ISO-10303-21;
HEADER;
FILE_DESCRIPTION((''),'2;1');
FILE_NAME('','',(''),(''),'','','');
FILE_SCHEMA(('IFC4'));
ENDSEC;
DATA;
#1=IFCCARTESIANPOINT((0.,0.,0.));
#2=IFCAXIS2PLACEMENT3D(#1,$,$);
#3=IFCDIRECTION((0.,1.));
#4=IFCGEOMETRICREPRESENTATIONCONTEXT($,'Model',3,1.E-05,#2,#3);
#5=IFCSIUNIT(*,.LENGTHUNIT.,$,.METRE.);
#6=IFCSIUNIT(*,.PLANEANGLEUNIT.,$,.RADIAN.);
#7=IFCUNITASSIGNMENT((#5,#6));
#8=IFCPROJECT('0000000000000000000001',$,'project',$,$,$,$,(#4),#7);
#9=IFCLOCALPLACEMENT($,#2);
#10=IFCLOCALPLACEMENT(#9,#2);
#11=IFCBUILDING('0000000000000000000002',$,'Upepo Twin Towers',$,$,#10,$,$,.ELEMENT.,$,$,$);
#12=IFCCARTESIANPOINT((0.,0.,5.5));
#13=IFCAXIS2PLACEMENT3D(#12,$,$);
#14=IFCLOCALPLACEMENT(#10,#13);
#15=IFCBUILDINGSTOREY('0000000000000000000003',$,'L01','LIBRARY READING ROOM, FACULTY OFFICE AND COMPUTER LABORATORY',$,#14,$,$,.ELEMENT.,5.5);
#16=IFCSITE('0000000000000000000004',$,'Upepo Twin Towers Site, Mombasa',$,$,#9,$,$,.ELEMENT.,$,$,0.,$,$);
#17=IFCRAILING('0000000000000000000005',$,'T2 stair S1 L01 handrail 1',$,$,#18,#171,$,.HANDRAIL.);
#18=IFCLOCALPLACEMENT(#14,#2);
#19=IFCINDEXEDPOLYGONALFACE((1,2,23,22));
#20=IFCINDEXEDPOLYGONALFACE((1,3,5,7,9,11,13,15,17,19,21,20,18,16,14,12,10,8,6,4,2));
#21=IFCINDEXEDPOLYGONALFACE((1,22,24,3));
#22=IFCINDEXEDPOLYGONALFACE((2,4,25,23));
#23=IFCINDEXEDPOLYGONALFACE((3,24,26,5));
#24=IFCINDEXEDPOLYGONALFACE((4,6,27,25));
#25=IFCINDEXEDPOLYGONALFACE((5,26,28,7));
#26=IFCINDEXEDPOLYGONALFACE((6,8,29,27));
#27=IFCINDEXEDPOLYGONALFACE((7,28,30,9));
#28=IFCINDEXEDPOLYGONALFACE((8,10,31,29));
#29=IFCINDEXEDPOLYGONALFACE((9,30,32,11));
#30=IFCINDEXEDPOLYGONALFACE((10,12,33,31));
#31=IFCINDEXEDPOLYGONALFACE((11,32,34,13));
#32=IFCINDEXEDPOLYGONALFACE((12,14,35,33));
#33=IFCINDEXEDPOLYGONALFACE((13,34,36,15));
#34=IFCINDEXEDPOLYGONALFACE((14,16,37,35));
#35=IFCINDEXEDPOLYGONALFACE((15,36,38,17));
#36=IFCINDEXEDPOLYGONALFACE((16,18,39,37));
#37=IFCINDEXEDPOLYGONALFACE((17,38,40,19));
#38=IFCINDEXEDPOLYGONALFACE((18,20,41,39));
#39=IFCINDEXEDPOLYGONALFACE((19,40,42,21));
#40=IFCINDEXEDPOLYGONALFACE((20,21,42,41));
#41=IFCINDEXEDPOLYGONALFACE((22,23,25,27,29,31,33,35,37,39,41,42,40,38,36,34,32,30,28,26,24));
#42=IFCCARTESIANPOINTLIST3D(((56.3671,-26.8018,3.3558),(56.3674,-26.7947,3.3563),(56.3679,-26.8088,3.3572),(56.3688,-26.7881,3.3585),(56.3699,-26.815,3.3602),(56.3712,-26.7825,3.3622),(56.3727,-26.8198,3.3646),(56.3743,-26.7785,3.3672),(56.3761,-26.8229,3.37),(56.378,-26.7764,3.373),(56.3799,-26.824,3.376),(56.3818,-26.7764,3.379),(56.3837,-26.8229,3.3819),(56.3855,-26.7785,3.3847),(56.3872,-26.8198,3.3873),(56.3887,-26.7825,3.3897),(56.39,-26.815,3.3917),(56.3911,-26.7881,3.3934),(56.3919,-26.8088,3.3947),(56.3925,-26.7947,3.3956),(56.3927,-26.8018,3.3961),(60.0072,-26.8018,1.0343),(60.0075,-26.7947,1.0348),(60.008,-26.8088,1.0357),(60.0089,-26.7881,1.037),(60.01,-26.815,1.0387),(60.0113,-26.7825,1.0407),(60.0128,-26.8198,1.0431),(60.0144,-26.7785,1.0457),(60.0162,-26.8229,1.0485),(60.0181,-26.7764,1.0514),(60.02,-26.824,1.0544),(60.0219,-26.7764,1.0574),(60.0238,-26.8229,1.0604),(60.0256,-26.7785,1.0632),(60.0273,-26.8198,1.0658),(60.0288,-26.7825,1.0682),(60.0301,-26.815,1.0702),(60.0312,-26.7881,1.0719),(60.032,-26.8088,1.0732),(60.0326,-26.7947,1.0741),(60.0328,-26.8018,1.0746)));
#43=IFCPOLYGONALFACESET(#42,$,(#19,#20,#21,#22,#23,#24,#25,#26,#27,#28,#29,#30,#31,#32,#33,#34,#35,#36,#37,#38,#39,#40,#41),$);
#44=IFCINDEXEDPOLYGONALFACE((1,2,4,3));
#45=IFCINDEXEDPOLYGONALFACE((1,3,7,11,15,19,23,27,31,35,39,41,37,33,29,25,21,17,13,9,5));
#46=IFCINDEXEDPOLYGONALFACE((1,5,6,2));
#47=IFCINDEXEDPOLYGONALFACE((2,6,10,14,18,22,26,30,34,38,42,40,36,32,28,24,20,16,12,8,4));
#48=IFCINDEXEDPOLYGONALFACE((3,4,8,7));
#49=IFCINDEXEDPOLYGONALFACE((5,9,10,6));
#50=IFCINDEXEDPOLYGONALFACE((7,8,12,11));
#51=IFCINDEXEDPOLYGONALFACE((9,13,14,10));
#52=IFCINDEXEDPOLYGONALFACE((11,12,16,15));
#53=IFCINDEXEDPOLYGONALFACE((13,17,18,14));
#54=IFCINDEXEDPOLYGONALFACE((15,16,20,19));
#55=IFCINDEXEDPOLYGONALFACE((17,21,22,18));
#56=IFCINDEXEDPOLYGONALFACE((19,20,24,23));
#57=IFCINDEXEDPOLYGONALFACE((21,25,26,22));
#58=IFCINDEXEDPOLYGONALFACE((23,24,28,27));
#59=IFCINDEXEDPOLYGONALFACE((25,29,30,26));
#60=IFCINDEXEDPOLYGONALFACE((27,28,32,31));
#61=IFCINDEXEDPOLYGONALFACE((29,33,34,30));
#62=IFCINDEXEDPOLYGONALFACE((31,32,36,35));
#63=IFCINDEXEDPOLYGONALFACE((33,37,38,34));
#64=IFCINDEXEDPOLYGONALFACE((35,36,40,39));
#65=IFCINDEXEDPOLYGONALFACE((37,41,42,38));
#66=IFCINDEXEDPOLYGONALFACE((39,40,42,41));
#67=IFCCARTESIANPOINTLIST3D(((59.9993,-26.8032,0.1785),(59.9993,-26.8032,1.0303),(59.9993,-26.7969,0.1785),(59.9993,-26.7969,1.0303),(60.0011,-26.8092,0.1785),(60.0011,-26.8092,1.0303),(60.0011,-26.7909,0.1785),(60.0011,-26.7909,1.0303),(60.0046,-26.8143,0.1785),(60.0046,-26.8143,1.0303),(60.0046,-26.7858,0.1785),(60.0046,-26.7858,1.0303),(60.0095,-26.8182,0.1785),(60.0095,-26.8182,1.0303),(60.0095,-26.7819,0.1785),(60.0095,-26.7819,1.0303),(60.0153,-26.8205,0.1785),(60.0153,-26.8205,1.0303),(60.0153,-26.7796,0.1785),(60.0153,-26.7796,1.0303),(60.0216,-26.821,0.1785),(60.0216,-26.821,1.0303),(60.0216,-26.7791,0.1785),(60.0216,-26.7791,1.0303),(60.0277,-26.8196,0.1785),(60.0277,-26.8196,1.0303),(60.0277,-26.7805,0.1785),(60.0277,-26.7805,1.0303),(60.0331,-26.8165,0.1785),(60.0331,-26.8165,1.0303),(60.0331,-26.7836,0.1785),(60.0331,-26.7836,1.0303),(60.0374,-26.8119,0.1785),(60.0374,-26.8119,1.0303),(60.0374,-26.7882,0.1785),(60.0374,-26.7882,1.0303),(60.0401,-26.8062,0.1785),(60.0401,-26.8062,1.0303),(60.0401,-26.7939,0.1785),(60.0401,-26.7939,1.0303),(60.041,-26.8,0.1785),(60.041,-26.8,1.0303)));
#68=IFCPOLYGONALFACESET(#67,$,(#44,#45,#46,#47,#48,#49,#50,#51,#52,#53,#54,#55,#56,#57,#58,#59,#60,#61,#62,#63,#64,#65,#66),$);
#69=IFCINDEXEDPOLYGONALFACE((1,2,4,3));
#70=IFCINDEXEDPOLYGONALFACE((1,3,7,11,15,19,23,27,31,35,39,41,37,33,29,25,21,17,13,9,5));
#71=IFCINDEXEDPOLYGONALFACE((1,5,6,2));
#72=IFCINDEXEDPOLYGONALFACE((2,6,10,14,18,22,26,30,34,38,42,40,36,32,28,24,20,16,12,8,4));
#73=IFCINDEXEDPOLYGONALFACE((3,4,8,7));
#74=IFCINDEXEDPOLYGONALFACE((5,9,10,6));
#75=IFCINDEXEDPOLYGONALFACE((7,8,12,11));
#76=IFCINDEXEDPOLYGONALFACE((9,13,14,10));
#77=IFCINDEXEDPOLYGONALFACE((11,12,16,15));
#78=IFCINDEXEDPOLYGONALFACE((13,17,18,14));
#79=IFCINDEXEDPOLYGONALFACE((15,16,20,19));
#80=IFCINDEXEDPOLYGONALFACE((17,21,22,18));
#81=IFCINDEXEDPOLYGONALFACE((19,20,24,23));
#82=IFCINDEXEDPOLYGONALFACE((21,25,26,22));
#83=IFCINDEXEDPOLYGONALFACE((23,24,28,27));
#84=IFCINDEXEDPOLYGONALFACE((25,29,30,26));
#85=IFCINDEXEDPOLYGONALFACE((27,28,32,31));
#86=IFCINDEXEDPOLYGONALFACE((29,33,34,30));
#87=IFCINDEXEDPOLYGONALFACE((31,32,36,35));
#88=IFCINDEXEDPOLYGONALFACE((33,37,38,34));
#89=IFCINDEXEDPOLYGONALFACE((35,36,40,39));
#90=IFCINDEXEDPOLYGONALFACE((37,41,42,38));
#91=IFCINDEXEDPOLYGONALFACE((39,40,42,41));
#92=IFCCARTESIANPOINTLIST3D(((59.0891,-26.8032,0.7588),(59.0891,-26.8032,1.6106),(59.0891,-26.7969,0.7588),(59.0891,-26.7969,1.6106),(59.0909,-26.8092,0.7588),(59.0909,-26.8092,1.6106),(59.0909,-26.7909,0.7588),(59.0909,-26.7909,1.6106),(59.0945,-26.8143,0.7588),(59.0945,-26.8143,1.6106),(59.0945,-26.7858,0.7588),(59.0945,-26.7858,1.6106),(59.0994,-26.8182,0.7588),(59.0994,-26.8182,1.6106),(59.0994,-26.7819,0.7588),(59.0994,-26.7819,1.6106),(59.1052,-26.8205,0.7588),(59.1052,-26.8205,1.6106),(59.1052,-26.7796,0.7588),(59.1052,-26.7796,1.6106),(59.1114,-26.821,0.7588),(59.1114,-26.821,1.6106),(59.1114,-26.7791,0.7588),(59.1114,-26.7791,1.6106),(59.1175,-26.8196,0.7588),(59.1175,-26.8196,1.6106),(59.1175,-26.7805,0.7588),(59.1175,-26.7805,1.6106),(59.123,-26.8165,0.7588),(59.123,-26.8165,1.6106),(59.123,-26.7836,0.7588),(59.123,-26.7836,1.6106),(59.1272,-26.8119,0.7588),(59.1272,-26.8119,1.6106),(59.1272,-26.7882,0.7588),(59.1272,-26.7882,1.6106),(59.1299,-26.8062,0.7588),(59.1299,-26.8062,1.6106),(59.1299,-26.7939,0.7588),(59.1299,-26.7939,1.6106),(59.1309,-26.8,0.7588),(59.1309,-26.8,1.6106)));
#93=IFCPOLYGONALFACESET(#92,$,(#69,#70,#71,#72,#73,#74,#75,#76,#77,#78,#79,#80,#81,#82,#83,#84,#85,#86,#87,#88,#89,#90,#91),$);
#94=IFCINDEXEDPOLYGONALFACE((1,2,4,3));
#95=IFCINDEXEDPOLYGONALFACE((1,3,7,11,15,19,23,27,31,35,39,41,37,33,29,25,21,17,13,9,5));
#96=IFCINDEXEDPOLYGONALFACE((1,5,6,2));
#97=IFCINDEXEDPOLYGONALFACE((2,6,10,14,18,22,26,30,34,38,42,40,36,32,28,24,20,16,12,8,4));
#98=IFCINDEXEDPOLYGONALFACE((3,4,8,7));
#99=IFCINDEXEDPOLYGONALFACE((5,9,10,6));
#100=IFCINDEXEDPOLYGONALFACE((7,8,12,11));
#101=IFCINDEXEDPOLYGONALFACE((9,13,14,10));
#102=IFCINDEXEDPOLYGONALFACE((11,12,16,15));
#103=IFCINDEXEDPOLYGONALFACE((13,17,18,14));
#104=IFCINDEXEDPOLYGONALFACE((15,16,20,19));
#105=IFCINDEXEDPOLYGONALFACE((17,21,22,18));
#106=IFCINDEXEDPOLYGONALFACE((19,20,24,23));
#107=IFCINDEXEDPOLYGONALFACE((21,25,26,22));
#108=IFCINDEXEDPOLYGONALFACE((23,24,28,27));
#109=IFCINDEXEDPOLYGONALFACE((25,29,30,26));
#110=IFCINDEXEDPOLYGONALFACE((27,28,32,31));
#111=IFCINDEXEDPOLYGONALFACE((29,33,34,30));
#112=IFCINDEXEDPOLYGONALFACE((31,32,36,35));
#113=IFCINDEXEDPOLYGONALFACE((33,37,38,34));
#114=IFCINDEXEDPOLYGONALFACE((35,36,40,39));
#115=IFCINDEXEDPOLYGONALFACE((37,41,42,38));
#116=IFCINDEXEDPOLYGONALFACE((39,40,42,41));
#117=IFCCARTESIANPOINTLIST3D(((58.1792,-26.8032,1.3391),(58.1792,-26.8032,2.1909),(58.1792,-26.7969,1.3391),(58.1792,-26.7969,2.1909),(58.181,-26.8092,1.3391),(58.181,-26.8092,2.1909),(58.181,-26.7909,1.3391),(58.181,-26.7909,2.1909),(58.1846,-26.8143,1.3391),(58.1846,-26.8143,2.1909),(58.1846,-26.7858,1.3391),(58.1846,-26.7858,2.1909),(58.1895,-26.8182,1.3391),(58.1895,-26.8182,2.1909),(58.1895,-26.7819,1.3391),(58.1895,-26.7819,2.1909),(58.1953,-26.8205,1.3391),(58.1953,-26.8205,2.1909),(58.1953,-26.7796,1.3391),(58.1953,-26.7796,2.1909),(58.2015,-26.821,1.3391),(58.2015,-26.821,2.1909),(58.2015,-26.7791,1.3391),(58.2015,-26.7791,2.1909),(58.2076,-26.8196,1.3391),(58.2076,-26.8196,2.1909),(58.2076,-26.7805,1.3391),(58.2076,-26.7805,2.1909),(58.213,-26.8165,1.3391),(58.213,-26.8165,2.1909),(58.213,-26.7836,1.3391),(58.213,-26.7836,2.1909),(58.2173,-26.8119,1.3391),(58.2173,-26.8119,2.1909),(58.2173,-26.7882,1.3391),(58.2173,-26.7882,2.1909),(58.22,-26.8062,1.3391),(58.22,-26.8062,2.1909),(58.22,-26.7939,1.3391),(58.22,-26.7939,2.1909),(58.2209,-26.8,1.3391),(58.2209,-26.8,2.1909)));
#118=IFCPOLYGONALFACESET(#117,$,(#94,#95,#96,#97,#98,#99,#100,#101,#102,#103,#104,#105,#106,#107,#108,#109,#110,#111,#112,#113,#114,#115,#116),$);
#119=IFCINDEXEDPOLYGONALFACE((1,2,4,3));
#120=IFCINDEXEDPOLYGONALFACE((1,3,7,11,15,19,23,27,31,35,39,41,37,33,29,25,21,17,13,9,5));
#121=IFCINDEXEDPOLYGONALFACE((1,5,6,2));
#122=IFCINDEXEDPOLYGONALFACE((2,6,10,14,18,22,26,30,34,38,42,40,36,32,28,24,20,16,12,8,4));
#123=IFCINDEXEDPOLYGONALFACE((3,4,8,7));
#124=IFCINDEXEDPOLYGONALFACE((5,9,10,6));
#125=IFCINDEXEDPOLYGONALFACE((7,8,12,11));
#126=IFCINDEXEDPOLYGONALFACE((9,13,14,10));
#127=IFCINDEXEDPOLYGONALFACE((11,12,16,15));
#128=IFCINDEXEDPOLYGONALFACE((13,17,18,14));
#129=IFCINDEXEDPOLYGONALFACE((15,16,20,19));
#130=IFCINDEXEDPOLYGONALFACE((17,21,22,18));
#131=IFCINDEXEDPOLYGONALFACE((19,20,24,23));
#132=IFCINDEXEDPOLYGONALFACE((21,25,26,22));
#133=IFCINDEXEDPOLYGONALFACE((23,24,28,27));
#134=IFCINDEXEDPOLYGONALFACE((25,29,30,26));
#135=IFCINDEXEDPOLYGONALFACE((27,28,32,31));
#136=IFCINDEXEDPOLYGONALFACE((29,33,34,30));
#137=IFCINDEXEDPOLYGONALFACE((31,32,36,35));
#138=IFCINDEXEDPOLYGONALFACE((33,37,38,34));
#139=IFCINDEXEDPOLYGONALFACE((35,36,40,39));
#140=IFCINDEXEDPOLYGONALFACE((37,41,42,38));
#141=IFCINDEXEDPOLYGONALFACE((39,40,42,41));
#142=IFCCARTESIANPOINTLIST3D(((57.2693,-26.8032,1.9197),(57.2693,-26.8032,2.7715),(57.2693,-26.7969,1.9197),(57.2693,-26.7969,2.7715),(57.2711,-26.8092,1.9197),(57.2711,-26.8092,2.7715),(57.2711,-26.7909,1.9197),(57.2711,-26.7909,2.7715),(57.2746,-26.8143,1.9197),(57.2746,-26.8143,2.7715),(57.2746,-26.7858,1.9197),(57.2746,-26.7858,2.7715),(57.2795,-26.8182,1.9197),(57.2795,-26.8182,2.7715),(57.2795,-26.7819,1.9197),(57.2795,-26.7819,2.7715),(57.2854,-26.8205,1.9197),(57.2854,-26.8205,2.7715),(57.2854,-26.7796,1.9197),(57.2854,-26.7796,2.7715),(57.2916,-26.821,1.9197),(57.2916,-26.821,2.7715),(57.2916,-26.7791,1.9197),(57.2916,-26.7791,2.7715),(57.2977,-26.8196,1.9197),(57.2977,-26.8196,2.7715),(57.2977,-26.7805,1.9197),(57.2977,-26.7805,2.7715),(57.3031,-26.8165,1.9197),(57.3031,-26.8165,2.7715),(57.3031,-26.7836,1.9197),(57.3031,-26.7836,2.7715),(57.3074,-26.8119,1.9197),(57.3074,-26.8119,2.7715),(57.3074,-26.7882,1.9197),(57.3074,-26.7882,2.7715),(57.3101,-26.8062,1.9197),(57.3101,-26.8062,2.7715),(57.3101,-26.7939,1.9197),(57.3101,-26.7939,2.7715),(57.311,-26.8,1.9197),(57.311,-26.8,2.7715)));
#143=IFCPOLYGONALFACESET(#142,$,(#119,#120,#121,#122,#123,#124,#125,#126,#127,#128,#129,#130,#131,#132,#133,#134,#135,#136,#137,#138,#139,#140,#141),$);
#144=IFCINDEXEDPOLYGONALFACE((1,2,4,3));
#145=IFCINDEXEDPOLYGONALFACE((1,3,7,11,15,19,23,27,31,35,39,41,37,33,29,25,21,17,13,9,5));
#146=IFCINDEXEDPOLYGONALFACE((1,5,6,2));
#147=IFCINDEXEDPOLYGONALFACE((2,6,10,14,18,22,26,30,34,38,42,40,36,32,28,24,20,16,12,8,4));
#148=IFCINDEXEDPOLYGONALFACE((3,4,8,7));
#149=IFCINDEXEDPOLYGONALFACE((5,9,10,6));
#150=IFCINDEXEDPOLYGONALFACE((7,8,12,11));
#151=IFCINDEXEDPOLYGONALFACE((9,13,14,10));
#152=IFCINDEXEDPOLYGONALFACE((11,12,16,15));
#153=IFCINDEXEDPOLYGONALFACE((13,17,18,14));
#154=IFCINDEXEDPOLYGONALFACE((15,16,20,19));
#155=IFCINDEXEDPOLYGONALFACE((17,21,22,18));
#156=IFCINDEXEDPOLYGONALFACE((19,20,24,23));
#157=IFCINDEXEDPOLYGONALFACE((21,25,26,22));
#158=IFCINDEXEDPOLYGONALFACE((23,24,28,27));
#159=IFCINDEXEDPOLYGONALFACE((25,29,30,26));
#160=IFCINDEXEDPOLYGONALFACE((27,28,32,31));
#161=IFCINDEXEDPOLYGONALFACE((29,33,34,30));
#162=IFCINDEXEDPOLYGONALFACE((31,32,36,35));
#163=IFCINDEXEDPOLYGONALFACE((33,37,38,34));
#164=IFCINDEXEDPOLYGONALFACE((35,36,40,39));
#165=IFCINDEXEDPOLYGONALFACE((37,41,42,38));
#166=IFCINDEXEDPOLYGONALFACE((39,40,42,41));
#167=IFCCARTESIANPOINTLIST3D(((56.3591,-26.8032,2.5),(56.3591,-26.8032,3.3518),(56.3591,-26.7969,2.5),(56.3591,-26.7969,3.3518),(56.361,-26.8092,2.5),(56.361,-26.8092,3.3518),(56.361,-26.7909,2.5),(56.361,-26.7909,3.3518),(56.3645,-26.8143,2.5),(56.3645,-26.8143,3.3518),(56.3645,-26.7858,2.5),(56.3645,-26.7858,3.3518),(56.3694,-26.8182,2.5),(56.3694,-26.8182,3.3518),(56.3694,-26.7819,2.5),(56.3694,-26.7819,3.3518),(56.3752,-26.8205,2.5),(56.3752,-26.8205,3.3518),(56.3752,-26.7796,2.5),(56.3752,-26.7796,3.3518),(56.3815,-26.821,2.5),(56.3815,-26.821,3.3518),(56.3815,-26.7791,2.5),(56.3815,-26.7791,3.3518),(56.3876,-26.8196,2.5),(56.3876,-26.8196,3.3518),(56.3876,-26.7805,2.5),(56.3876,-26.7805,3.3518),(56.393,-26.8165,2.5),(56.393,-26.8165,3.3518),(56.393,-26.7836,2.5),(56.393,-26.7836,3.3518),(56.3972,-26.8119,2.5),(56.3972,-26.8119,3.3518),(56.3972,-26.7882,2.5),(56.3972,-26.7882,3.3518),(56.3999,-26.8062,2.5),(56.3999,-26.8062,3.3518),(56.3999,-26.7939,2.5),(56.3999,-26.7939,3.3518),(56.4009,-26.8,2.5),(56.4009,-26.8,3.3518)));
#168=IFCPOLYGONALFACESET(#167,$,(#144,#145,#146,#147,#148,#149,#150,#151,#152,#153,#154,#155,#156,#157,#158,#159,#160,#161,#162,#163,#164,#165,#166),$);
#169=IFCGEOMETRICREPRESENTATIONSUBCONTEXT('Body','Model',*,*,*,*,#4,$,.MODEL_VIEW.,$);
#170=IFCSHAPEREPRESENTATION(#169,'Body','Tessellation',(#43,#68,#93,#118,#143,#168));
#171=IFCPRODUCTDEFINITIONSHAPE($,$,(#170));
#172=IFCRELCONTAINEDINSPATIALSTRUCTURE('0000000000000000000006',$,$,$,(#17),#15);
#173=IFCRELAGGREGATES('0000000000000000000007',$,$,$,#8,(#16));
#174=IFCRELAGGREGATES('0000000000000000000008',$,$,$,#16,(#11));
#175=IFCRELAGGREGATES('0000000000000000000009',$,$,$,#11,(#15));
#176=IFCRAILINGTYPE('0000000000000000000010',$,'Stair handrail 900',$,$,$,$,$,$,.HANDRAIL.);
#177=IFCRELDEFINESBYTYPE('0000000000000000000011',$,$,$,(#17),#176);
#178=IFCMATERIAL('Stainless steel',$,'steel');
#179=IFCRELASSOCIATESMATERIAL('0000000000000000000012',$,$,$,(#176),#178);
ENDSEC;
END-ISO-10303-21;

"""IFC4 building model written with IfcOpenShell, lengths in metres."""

from ifc_helpers import new_model, si_unit, direction, frame, origin, origin_2d, place, context, subcontext, project, spatial, circle, extrude, material, type_object, element, save


model = new_model("IFC4")

# Units and contexts
model_context = context("Model", 3, precision=1e-05, world=origin(), true_north=direction((0.0, 1.0)))
body_context = subcontext(model_context, "Body", "Model", "MODEL_VIEW")
ifc_project = project(units=[si_unit("LENGTHUNIT", "METRE"), si_unit("PLANEANGLEUNIT", "RADIAN")], contexts=[model_context])

# Site, building, storey
site_placement = place(None, origin())
site = spatial("IfcSite", under=ifc_project, at=site_placement, Name="Upepo Twin Towers Site, Mombasa", CompositionType="ELEMENT", RefElevation=0.0)
building_placement = place(site_placement, origin())
building = spatial("IfcBuilding", under=site, at=building_placement, Name="Upepo Twin Towers", CompositionType="ELEMENT")
storey_placement = place(building_placement, frame((0.0, 0.0, 5.5)))
storey = spatial("IfcBuildingStorey", under=building, at=storey_placement, Name="L01", Description="LIBRARY READING ROOM, FACULTY OFFICE AND COMPUTER LABORATORY", CompositionType="ELEMENT", Elevation=5.5)

# Railing
ifc_material_1 = material(Name="Stainless steel", Category="steel")
railing_type = type_object("IfcRailingType", Name="Stair handrail 900", PredefinedType="HANDRAIL", material=ifc_material_1)
railing_1_placement = place(storey_placement, frame((60.02, -26.8, 0.1785)))
element("IfcRailing", 1, at=railing_1_placement, inside=storey, type_object=railing_type, Name="T2 stair S1 L01 handrail 1", PredefinedType="HANDRAIL", context=body_context, shape_type="SweptSolid", body=[
    extrude(circle(Radius=0.0239, at=origin_2d()), frame((0.0, 0.0, 0.876), z_axis=(-0.843128, 0.0, 0.537713), x_axis=(0.0, -1.0, 0.0)), (0.0, 0.0, 1.0), 4.3174),
    extrude(circle(Radius=0.021, at=origin_2d()), origin(), (0.0, 0.0, 1.0), 0.8518),
    extrude(circle(Radius=0.021, at=origin_2d()), frame((-0.9102, 0.0, 0.5803)), (0.0, 0.0, 1.0), 0.8518),
    extrude(circle(Radius=0.021, at=origin_2d()), frame((-1.8201, 0.0, 1.1606)), (0.0, 0.0, 1.0), 0.8518),
    extrude(circle(Radius=0.021, at=origin_2d()), frame((-2.73, 0.0, 1.7412)), (0.0, 0.0, 1.0), 0.8518),
    extrude(circle(Radius=0.021, at=origin_2d()), frame((-3.6401, 0.0, 2.3215)), (0.0, 0.0, 1.0), 0.8518),
])

save(model, "model.ifc")
